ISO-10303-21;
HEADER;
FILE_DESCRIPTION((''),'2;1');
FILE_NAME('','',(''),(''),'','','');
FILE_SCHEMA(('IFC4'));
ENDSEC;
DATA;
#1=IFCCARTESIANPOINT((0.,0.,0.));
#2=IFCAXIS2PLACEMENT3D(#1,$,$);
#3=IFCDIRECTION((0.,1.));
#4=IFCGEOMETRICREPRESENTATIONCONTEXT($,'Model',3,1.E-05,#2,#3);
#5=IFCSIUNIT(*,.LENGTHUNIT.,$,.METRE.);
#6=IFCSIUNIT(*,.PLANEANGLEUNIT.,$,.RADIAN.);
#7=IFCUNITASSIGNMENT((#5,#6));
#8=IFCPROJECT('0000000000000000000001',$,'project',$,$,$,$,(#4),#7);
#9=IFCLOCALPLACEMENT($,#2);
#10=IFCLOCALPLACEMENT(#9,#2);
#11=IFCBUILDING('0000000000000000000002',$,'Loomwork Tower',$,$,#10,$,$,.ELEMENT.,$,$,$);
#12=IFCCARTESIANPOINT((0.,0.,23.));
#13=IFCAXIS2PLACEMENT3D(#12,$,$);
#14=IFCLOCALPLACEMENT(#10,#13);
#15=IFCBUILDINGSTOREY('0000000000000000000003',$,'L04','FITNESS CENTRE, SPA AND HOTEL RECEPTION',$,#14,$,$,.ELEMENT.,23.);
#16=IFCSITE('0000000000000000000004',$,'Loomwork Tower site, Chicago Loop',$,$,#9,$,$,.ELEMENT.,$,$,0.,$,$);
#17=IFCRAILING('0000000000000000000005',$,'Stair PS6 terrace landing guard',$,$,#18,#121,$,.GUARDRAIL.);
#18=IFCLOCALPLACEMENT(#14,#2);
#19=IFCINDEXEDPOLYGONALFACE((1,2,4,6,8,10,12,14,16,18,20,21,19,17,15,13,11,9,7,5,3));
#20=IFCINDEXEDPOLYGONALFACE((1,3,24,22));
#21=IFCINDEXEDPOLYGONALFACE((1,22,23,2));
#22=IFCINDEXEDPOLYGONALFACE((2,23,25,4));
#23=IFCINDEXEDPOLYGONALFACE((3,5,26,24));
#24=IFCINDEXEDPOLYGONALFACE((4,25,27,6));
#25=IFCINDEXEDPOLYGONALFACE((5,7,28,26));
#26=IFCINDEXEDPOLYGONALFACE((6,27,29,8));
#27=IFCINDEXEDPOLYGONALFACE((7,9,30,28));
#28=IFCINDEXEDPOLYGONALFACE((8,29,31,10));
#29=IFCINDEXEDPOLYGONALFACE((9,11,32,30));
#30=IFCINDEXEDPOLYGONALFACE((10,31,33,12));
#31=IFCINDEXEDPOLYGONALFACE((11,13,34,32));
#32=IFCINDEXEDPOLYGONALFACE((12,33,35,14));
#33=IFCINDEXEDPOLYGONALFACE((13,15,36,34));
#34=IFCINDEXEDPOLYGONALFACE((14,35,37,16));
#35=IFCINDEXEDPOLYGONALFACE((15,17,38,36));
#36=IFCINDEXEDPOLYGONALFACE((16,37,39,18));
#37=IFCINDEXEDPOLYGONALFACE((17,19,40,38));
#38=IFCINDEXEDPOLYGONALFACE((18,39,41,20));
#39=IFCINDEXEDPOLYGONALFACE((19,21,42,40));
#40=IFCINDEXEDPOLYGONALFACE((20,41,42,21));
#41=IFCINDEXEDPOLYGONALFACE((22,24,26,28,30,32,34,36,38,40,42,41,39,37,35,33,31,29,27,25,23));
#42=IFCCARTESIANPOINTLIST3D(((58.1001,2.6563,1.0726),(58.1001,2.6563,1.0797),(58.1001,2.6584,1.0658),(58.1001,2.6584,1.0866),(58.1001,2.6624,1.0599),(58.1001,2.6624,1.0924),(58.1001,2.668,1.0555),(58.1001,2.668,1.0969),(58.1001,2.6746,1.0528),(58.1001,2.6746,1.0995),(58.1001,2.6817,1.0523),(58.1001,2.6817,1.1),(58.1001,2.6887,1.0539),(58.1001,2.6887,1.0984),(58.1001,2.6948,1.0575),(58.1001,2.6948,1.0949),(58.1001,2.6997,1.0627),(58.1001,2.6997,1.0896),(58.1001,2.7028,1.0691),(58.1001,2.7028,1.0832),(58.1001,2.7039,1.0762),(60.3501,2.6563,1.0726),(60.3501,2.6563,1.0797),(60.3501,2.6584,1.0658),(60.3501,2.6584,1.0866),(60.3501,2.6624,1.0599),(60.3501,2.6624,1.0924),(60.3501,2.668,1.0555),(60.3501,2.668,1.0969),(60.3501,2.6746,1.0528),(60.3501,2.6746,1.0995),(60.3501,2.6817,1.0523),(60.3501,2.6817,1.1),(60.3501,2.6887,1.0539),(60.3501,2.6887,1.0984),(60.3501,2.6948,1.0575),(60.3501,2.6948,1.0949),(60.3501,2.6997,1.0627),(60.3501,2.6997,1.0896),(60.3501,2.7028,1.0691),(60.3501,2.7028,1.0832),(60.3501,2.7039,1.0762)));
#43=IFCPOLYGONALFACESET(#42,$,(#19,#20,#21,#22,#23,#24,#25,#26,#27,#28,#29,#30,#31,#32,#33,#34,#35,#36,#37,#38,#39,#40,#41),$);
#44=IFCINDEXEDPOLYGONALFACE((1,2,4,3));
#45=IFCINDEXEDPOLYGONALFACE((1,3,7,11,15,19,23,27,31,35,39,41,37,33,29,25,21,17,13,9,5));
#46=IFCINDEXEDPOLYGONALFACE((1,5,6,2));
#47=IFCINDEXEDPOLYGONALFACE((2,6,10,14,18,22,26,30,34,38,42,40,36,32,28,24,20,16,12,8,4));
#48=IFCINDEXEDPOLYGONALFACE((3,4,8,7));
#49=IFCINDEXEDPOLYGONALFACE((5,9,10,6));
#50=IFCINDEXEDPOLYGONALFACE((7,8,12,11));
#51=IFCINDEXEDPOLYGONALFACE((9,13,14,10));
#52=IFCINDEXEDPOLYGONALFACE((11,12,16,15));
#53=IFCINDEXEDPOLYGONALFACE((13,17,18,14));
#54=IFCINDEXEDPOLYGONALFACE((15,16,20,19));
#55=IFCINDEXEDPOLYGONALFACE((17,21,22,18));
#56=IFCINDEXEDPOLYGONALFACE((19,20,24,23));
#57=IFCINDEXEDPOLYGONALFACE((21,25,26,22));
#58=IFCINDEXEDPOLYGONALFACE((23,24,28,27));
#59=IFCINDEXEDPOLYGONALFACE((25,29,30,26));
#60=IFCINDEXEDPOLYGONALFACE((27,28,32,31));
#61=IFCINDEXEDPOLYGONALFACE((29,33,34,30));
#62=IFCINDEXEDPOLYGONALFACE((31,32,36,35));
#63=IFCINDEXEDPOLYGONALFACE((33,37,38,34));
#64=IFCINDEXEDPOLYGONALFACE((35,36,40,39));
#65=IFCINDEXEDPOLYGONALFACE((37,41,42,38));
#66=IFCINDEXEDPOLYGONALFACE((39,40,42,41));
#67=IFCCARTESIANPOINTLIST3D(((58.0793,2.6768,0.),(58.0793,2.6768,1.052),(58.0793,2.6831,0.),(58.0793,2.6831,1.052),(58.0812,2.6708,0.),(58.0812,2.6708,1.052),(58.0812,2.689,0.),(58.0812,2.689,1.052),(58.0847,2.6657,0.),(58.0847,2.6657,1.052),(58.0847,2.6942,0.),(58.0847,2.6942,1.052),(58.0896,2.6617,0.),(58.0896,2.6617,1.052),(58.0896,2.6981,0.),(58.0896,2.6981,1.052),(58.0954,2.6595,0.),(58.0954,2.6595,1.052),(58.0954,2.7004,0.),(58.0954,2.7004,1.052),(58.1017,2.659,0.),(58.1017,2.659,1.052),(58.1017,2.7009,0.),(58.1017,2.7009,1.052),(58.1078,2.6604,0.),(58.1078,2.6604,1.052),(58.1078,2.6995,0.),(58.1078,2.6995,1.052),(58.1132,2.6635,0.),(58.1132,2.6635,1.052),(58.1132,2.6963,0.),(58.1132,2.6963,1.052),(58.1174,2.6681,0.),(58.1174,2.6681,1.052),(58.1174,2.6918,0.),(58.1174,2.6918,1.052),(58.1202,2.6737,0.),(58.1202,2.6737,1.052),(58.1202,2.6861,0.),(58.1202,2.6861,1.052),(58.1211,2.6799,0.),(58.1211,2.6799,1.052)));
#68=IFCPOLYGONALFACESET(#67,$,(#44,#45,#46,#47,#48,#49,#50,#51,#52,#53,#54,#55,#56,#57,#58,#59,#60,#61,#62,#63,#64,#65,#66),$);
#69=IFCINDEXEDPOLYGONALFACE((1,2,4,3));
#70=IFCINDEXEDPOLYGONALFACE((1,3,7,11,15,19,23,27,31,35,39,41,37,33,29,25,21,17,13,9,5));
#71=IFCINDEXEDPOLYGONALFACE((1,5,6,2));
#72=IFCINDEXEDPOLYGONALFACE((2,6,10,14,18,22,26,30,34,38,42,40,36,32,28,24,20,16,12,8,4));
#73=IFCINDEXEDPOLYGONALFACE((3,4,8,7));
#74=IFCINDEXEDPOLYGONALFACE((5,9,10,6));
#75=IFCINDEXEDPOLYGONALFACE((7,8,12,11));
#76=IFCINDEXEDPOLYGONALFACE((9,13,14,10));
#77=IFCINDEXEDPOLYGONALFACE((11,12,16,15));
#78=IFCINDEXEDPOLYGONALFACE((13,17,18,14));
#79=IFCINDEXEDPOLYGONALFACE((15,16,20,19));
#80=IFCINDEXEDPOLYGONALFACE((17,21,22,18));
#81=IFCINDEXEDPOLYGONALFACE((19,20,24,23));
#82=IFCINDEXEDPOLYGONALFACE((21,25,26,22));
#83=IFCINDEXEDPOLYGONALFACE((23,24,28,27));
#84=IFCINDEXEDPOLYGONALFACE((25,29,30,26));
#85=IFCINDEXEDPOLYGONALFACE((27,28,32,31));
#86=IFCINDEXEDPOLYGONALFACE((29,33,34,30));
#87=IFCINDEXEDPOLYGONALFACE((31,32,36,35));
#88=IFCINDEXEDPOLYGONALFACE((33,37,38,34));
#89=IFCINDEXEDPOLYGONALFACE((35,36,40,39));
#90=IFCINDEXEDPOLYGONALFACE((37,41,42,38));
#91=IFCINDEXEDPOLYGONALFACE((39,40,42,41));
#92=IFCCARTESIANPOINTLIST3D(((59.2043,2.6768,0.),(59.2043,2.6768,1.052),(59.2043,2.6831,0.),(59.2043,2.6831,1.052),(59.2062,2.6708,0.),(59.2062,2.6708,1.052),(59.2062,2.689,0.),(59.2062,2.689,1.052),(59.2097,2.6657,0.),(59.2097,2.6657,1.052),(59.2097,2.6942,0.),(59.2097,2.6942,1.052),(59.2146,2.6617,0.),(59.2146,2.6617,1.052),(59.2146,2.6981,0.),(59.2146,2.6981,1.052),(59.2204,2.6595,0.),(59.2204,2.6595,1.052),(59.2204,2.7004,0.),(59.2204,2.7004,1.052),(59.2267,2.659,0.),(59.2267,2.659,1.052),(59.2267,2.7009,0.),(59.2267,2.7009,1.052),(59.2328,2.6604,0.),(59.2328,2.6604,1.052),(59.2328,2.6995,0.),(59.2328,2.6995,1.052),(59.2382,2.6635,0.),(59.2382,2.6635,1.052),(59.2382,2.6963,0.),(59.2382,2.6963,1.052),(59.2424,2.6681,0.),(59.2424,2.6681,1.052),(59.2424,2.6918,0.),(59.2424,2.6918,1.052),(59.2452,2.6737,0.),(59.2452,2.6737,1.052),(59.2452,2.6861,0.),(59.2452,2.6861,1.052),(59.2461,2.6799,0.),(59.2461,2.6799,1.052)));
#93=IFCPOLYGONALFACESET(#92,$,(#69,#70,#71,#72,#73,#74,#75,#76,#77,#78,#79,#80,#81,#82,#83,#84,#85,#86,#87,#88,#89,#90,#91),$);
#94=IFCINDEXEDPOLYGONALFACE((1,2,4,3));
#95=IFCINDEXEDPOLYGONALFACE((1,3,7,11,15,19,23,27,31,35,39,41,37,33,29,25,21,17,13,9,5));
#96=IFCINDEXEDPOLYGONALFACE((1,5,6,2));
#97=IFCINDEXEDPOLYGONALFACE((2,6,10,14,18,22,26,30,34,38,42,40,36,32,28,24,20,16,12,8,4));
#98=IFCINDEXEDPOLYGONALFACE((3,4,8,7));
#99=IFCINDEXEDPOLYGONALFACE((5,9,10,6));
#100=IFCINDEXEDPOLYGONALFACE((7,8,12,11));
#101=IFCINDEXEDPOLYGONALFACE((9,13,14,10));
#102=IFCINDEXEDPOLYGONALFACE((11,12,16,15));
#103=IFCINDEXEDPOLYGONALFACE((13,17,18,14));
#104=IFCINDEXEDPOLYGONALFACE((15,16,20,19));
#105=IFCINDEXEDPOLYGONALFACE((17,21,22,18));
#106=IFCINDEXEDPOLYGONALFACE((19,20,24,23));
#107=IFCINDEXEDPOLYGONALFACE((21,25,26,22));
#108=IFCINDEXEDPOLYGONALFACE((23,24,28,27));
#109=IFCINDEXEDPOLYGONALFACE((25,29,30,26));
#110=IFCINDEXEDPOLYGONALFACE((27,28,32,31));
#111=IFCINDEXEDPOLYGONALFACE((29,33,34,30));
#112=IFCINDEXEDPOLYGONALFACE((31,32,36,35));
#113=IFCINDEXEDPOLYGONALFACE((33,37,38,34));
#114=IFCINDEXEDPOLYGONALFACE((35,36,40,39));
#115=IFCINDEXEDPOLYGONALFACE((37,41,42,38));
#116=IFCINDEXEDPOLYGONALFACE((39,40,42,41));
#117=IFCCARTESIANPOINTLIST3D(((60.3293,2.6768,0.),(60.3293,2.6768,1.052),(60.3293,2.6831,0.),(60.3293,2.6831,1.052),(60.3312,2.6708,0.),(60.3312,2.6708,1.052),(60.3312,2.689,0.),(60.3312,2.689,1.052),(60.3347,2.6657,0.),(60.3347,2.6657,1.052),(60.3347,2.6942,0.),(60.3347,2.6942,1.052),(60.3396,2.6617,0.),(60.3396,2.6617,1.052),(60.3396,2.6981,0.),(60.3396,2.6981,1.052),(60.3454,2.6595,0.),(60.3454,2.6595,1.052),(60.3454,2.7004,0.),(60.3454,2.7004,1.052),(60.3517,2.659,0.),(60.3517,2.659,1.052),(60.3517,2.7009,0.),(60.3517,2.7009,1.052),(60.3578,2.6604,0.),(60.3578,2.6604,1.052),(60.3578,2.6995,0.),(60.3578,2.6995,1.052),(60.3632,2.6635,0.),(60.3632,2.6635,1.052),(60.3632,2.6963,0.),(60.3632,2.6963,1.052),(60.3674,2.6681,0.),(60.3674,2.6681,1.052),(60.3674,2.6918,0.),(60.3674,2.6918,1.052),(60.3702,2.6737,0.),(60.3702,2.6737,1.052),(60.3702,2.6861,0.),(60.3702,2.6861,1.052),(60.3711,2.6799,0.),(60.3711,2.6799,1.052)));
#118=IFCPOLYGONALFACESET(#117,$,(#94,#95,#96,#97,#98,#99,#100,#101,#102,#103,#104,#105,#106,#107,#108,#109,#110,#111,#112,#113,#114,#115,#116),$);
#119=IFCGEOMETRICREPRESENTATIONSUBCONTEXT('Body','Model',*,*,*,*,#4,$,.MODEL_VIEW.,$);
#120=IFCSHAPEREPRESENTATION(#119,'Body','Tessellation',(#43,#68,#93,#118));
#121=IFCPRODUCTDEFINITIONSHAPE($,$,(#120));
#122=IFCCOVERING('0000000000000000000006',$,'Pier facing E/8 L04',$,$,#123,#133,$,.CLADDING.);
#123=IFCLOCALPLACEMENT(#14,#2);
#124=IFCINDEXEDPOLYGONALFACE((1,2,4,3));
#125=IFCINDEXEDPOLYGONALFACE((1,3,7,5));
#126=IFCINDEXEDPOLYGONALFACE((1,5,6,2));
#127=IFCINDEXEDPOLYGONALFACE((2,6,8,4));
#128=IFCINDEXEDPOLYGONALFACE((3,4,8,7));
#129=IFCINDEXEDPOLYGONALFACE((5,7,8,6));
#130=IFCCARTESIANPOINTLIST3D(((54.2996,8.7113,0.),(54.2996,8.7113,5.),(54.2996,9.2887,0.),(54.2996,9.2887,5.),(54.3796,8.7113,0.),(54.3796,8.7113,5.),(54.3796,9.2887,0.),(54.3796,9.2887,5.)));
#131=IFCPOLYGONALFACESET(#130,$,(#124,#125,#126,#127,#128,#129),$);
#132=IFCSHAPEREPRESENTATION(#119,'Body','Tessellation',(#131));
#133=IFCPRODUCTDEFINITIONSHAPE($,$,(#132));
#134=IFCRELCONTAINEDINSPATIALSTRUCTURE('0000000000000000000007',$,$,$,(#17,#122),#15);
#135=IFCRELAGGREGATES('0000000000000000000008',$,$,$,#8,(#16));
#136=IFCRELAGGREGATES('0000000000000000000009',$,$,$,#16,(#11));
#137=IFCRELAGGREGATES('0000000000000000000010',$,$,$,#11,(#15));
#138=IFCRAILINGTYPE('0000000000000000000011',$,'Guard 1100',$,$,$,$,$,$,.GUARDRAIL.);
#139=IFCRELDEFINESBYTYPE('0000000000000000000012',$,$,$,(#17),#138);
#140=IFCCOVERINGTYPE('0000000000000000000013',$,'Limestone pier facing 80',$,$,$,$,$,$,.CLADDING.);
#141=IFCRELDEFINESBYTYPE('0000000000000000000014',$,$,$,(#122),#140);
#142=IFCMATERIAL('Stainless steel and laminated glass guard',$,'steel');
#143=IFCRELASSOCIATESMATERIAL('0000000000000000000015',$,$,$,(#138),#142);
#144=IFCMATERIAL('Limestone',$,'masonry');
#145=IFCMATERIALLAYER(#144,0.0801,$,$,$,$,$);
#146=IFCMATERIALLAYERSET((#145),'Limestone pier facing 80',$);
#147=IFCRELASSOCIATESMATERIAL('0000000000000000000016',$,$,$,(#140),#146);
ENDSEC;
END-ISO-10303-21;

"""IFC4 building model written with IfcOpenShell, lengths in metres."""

from ifc_helpers import new_model, si_unit, direction, frame, origin, origin_2d, place, context, subcontext, project, spatial, rectangle, circle, extrude, material, layer, layer_set, type_object, element, save


model = new_model("IFC4")

# Units and contexts
model_context = context("Model", 3, precision=1e-05, world=origin(), true_north=direction((0.0, 1.0)))
body_context = subcontext(model_context, "Body", "Model", "MODEL_VIEW")
ifc_project = project(units=[si_unit("LENGTHUNIT", "METRE"), si_unit("PLANEANGLEUNIT", "RADIAN")], contexts=[model_context])

# Site, building, storey
site_placement = place(None, origin())
site = spatial("IfcSite", under=ifc_project, at=site_placement, Name="Loomwork Tower site, Chicago Loop", CompositionType="ELEMENT", RefElevation=0.0)
building_placement = place(site_placement, origin())
building = spatial("IfcBuilding", under=site, at=building_placement, Name="Loomwork Tower", CompositionType="ELEMENT")
storey_placement = place(building_placement, frame((0.0, 0.0, 23.0)))
storey = spatial("IfcBuildingStorey", under=building, at=storey_placement, Name="L04", Description="FITNESS CENTRE, SPA AND HOTEL RECEPTION", CompositionType="ELEMENT", Elevation=23.0)

# Railing
ifc_material_1 = material(Name="Stainless steel and laminated glass guard", Category="steel")
railing_type = type_object("IfcRailingType", Name="Guard 1100", PredefinedType="GUARDRAIL", material=ifc_material_1)
railing_placement = place(storey_placement, frame((58.1001, 2.6799, 0.0)))
element("IfcRailing", 1, at=railing_placement, inside=storey, type_object=railing_type, Name="Stair PS6 terrace landing guard", PredefinedType="GUARDRAIL", context=body_context, shape_type="SweptSolid", body=[
    extrude(circle(Radius=0.0239, at=origin_2d()), frame((0.0, 0.0, 1.0762), z_axis=(1.0, 0.0, 0.0), x_axis=(0.0, 1.0, 0.0)), (0.0, 0.0, 1.0), 2.25),
    extrude(circle(Radius=0.021, at=origin_2d()), origin(), (0.0, 0.0, 1.0), 1.052),
    extrude(circle(Radius=0.021, at=origin_2d()), frame((1.125, 0.0, 0.0)), (0.0, 0.0, 1.0), 1.052),
    extrude(circle(Radius=0.021, at=origin_2d()), frame((2.25, 0.0, 0.0)), (0.0, 0.0, 1.0), 1.052),
])

# Covering
ifc_material_2 = material(Name="Limestone", Category="masonry")
ifc_layer_1 = layer(ifc_material_2, 0.0801)
ifc_layer_set_1 = layer_set([ifc_layer_1], Name="Limestone pier facing 80")
covering_type = type_object("IfcCoveringType", Name="Limestone pier facing 80", PredefinedType="CLADDING", material=ifc_layer_set_1)
covering_placement = place(storey_placement, frame((54.3396, 9.0, 0.0), z_axis=(0.0, 0.0, 1.0), x_axis=(1.0, 0.0, 0.0)))
element("IfcCovering", 2, at=covering_placement, inside=storey, type_object=covering_type, Name="Pier facing E/8 L04", PredefinedType="CLADDING", context=body_context, shape_type="SweptSolid", body=[
    extrude(rectangle(XDim=0.0801, YDim=0.5774, at=origin_2d()), origin(), (0.0, 0.0, 1.0), 5.0),
])

save(model, "model.ifc")
